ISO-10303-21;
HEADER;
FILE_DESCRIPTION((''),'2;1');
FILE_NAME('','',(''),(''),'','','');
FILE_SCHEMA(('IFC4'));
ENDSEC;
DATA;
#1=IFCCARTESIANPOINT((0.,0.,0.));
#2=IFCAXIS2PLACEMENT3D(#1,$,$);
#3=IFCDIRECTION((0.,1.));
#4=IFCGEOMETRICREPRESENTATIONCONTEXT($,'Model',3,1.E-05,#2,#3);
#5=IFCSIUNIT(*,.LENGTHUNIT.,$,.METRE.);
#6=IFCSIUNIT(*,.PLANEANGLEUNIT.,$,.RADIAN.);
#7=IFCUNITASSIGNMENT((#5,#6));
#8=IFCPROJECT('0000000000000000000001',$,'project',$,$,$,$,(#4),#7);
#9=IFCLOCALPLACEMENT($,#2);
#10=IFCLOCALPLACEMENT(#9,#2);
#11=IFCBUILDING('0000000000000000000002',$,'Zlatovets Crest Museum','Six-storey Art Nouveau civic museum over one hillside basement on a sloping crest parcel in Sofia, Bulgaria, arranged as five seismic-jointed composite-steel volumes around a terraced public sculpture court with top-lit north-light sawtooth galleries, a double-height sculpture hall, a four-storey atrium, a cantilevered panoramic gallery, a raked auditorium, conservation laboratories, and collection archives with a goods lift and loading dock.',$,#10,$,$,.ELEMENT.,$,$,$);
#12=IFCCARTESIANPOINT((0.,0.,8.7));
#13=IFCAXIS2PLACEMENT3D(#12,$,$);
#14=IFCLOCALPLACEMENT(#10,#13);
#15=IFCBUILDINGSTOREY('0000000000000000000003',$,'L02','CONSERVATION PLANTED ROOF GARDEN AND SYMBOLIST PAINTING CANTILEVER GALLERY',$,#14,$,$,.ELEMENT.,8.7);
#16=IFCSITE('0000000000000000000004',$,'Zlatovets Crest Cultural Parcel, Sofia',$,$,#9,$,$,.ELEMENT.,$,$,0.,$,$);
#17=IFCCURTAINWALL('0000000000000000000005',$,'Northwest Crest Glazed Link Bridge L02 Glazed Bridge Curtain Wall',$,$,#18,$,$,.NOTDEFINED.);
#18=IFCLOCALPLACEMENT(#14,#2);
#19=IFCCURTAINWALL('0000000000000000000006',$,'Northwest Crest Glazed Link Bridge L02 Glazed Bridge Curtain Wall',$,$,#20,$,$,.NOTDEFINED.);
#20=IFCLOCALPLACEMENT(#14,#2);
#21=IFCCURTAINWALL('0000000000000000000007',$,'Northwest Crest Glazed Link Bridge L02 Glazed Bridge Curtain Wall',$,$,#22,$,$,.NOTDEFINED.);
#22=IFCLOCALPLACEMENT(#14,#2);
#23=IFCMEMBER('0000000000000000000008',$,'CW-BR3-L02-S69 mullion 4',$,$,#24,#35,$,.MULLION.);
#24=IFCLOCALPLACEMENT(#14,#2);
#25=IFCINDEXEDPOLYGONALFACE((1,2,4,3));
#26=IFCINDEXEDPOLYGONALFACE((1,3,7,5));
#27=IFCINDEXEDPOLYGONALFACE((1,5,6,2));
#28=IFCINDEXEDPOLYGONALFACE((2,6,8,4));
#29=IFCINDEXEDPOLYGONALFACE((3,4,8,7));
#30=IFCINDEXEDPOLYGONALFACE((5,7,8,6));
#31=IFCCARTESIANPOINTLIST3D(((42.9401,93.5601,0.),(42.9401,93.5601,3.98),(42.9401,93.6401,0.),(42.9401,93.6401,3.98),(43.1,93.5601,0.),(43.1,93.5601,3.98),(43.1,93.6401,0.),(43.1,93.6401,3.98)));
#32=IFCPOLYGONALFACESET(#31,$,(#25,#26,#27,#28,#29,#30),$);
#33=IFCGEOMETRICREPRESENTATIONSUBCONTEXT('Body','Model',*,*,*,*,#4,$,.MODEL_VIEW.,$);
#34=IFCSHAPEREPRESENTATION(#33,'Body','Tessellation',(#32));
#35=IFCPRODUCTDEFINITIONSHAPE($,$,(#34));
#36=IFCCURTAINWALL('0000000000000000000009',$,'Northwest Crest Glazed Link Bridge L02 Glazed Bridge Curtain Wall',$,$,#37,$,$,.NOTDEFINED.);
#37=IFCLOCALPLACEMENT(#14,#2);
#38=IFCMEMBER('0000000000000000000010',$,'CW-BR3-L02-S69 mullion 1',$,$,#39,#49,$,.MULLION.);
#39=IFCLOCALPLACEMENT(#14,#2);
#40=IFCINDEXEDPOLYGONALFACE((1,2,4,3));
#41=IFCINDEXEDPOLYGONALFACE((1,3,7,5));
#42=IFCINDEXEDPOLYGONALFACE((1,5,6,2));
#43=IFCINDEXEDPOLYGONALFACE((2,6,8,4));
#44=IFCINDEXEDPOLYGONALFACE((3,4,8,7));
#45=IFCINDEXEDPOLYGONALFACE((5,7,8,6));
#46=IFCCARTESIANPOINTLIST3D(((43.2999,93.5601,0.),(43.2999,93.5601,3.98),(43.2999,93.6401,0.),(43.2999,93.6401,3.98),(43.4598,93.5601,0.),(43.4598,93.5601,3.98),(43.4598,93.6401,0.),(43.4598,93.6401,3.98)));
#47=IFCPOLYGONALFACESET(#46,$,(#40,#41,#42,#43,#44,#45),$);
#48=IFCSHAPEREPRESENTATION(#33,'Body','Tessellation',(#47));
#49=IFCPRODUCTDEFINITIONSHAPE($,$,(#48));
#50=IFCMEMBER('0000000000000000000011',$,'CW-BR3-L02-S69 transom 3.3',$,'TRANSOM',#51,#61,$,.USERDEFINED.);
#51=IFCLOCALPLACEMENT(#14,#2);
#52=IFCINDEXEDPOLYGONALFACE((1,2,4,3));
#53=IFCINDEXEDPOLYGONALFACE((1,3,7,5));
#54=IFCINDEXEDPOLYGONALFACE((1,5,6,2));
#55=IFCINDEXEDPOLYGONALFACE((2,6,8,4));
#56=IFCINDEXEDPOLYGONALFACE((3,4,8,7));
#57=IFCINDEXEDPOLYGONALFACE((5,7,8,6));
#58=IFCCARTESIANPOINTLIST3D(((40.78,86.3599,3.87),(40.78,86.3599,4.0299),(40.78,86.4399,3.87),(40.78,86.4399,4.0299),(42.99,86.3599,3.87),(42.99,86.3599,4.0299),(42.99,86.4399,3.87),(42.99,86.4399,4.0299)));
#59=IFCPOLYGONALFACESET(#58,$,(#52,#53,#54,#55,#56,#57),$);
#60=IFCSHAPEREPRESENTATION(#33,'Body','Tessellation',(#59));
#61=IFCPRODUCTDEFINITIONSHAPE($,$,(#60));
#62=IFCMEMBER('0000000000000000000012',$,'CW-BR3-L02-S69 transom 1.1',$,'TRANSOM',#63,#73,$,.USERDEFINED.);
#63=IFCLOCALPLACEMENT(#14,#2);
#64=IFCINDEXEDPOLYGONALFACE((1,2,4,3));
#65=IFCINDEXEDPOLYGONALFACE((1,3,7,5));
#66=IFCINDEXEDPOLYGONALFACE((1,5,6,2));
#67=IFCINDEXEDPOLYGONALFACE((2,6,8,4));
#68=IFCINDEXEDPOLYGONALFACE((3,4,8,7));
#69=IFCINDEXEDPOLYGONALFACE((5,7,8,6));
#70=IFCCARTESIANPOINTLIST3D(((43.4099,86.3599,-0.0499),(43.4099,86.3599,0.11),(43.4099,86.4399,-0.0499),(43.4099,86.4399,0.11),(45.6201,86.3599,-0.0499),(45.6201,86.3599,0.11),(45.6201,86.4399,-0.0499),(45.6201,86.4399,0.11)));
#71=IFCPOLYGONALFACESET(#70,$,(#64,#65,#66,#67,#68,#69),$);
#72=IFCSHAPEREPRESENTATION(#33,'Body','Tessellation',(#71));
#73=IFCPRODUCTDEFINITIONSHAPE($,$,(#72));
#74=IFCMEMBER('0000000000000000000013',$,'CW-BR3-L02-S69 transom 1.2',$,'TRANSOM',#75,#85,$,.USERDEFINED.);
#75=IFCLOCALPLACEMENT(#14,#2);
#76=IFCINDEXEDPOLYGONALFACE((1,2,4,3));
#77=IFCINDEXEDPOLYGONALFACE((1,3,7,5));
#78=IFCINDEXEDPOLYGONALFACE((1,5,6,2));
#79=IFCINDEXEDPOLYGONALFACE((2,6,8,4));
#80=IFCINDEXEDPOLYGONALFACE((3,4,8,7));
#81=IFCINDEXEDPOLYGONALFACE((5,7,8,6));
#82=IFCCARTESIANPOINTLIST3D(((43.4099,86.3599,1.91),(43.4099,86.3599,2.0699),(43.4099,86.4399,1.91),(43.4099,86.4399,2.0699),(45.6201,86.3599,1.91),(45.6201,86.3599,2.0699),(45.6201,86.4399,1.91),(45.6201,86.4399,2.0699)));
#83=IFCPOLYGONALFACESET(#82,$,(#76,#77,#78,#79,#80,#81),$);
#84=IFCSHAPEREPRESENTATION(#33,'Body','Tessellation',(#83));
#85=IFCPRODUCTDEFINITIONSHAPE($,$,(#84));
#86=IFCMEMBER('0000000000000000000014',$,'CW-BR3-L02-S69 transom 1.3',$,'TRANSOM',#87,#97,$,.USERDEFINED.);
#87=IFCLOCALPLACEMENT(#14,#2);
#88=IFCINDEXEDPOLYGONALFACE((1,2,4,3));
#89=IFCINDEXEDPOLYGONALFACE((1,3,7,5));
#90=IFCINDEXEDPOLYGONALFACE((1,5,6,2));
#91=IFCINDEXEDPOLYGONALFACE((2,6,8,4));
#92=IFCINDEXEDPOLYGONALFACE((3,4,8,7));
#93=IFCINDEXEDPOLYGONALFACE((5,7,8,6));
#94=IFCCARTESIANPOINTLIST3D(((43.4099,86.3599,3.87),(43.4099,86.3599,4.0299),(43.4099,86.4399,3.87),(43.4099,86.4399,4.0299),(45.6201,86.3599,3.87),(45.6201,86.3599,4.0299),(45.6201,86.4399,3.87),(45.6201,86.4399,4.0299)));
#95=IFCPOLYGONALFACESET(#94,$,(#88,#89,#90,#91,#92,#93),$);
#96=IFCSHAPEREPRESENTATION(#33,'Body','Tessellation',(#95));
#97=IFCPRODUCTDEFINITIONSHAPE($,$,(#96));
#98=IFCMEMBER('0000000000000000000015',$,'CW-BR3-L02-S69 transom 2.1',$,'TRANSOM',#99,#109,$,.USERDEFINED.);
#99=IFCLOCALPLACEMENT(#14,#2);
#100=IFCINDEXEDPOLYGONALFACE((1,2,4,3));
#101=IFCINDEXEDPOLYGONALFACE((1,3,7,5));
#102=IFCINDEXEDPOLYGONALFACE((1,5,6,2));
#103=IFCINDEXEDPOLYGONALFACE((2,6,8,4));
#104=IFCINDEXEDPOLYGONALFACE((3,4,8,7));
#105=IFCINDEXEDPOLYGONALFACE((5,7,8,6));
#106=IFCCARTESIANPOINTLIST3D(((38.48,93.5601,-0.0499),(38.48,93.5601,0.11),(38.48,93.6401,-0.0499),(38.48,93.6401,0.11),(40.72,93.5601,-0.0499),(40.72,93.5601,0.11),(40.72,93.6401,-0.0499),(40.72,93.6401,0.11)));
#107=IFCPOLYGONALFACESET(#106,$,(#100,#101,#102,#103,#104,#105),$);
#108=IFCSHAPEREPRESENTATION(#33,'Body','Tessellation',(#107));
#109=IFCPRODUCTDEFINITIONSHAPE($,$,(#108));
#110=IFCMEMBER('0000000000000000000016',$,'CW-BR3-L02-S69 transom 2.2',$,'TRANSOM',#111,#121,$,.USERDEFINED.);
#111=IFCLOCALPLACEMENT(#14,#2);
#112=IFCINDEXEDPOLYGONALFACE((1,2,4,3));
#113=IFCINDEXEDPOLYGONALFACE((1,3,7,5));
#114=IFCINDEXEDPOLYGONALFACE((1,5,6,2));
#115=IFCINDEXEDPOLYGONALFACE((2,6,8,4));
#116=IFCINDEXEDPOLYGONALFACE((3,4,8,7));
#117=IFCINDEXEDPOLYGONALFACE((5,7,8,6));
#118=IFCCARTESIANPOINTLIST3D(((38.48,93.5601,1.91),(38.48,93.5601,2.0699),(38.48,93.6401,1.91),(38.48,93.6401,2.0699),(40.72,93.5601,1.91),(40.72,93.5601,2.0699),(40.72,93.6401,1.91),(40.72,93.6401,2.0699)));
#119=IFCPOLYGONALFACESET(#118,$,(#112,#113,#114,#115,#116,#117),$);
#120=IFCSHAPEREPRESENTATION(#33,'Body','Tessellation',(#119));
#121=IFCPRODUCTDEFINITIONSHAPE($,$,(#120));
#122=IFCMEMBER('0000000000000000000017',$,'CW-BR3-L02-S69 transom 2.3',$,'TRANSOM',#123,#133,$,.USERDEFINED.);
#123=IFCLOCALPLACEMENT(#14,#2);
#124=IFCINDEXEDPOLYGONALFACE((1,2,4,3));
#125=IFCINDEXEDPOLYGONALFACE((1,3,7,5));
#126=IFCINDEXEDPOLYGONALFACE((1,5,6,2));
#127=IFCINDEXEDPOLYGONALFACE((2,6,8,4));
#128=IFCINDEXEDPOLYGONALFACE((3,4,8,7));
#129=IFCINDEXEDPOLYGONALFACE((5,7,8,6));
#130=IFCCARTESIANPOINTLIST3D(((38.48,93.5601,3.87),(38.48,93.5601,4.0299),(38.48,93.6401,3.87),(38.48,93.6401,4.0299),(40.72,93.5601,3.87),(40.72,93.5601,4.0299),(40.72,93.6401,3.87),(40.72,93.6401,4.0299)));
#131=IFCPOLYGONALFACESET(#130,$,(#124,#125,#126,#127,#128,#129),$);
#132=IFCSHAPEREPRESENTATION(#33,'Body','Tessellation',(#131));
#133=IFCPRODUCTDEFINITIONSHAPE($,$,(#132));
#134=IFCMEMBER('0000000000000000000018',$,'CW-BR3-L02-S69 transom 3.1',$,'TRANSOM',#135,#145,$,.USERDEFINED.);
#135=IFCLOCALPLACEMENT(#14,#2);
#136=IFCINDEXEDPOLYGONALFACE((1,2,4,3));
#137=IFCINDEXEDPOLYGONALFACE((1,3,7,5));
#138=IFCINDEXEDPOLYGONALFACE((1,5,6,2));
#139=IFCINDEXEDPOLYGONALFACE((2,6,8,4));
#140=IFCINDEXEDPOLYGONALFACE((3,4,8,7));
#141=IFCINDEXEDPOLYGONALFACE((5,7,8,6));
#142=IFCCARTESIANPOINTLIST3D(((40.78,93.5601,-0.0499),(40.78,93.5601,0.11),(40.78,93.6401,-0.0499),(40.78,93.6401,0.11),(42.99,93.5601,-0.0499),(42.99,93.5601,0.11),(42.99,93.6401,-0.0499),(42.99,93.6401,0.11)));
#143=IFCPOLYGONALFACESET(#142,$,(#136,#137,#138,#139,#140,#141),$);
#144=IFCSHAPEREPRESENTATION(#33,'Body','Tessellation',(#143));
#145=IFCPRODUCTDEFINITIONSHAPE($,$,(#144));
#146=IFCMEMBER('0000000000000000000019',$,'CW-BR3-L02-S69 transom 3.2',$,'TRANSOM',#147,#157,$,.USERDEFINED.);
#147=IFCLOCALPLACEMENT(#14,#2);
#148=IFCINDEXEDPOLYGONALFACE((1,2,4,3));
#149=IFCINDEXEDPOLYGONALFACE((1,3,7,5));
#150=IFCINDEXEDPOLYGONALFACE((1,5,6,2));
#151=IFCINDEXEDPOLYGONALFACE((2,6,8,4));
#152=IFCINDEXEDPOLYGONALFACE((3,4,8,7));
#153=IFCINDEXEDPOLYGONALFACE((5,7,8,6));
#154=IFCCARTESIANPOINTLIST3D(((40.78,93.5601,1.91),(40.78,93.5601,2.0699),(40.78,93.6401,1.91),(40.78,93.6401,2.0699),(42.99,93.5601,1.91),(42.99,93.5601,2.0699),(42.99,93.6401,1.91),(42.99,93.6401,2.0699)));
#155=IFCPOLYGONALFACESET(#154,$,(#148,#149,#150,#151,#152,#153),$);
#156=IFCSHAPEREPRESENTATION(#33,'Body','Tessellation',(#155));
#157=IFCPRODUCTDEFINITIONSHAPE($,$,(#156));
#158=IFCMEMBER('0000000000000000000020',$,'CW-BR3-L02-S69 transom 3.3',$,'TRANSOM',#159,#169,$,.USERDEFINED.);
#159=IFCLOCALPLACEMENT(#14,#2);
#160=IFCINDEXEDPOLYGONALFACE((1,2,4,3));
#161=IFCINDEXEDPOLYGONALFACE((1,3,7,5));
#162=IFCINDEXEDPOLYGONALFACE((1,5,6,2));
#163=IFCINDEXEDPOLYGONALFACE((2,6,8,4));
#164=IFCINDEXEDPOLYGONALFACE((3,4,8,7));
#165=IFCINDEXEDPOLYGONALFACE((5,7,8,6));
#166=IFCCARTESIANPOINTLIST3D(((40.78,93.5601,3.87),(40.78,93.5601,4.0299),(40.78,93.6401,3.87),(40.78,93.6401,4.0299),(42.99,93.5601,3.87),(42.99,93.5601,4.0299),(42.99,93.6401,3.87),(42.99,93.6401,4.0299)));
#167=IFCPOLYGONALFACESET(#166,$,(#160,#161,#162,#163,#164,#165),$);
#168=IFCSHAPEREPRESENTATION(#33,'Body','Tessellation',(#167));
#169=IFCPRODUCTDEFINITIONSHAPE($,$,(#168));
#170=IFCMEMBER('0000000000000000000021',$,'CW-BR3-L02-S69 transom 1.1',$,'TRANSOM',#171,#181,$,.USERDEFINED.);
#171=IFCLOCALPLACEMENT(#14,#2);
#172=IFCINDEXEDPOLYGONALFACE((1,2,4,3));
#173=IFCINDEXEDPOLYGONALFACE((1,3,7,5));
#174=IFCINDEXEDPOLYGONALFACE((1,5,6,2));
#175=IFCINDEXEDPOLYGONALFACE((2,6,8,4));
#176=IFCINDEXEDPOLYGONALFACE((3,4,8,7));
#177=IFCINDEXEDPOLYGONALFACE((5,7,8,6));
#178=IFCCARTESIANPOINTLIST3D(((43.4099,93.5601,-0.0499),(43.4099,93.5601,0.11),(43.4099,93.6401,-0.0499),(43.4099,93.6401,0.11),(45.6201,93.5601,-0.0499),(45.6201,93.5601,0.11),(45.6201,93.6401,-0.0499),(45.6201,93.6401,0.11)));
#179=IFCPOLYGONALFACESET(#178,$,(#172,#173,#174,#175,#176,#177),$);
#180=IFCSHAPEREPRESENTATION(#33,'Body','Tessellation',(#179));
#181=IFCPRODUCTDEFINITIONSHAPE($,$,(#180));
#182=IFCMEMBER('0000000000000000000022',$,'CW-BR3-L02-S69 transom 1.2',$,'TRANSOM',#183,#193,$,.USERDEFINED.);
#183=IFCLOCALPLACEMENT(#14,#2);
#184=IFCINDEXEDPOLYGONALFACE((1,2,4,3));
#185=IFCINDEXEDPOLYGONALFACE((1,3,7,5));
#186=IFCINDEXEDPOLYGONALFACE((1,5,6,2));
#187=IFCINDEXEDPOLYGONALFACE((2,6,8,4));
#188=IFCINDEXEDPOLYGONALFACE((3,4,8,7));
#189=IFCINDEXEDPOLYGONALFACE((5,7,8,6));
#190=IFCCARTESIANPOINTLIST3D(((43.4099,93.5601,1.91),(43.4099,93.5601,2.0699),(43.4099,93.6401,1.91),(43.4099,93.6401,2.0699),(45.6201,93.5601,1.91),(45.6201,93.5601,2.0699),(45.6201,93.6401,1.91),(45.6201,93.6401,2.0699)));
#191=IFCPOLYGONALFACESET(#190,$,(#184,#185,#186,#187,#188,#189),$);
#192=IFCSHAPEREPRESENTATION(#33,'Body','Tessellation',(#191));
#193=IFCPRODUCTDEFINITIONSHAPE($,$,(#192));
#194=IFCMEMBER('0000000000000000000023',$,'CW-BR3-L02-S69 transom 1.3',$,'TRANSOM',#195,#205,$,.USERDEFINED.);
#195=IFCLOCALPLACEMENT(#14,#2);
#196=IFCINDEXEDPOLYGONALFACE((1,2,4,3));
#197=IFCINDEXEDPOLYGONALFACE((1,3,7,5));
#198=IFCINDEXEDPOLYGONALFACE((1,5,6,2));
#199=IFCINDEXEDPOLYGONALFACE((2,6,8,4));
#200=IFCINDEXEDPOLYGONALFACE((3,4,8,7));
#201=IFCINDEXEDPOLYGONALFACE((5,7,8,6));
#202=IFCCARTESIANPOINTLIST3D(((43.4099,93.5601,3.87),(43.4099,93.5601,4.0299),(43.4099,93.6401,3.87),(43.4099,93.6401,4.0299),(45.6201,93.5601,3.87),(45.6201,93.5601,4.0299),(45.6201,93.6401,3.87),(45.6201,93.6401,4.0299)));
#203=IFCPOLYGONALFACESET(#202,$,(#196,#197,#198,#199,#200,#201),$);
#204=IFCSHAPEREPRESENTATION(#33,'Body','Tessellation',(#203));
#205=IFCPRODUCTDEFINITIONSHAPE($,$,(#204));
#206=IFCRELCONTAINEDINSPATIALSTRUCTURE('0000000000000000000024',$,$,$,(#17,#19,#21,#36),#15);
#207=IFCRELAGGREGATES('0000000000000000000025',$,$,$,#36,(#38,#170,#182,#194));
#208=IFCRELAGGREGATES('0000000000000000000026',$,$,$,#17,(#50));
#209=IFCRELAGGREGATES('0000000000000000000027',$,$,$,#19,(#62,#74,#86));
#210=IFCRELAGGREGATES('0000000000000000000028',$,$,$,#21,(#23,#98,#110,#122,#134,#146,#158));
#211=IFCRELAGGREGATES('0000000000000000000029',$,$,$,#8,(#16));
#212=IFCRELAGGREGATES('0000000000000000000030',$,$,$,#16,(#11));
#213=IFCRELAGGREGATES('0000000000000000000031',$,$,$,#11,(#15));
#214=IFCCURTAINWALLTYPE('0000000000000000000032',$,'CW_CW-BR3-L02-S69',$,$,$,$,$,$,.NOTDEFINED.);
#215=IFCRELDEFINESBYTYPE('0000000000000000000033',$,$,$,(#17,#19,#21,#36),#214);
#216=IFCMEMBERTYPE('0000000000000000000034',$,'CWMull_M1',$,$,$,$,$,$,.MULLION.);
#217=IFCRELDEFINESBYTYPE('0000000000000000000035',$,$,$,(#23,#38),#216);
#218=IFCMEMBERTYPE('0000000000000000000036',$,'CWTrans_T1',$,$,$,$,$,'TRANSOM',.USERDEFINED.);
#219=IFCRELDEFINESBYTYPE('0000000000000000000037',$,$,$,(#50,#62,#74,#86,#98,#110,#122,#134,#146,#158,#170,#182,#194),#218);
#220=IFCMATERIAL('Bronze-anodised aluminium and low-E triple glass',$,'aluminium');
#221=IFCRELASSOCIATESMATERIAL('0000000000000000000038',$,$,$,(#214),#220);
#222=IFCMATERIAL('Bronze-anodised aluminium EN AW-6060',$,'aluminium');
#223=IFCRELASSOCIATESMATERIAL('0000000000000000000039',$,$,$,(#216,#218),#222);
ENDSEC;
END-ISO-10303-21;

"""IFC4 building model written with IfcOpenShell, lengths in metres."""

from ifc_helpers import new_model, si_unit, direction, frame, origin, origin_2d, place, context, subcontext, project, spatial, rectangle, extrude, material, material_profile, profile_set, type_object, element, aggregate, save


model = new_model("IFC4")

# Units and contexts
model_context = context("Model", 3, precision=1e-05, world=origin(), true_north=direction((0.0, 1.0)))
body_context = subcontext(model_context, "Body", "Model", "MODEL_VIEW")
ifc_project = project(units=[si_unit("LENGTHUNIT", "METRE"), si_unit("PLANEANGLEUNIT", "RADIAN")], contexts=[model_context])

# Site, building, storey
site_placement = place(None, origin())
site = spatial("IfcSite", under=ifc_project, at=site_placement, Name="Zlatovets Crest Cultural Parcel, Sofia", CompositionType="ELEMENT", RefElevation=0.0)
building_placement = place(site_placement, origin())
building = spatial("IfcBuilding", under=site, at=building_placement, Name="Zlatovets Crest Museum", Description="Six-storey Art Nouveau civic museum over one hillside basement on a sloping crest parcel in Sofia, Bulgaria, arranged as five seismic-jointed composite-steel volumes around a terraced public sculpture court with top-lit north-light sawtooth galleries, a double-height sculpture hall, a four-storey atrium, a cantilevered panoramic gallery, a raked auditorium, conservation laboratories, and collection archives with a goods lift and loading dock.", CompositionType="ELEMENT")
storey_placement = place(building_placement, frame((0.0, 0.0, 8.7)))
storey = spatial("IfcBuildingStorey", under=building, at=storey_placement, Name="L02", Description="CONSERVATION PLANTED ROOF GARDEN AND SYMBOLIST PAINTING CANTILEVER GALLERY", CompositionType="ELEMENT", Elevation=8.7)

# Curtain walls
ifc_material_1 = material(Name="Bronze-anodised aluminium and low-E triple glass", Category="aluminium")
curtain_wall_type = type_object("IfcCurtainWallType", Name="CW_CW-BR3-L02-S69", PredefinedType="NOTDEFINED", material=ifc_material_1)
curtain_wall_1_placement = place(storey_placement, origin())
curtain_wall_1 = element("IfcCurtainWall", 1, at=curtain_wall_1_placement, inside=storey, type_object=curtain_wall_type, Name="Northwest Crest Glazed Link Bridge L02 Glazed Bridge Curtain Wall", PredefinedType="NOTDEFINED")
ifc_material_2 = material(Name="Bronze-anodised aluminium EN AW-6060", Category="aluminium")
ifc_material_profile_1 = material_profile(ifc_material_2, rectangle(XDim=0.0801, YDim=0.1599, at=origin_2d()), Name="ALU 80x160")
ifc_profile_set_1 = profile_set([ifc_material_profile_1], Name="Bronze-anodised aluminium EN AW-6060")
member_type_1 = type_object("IfcMemberType", Name="CWMull_M1", PredefinedType="MULLION", material=ifc_profile_set_1)
curtain_wall_2_placement = place(storey_placement, origin())
curtain_wall_2 = element("IfcCurtainWall", 2, at=curtain_wall_2_placement, inside=storey, type_object=curtain_wall_type, Name="Northwest Crest Glazed Link Bridge L02 Glazed Bridge Curtain Wall", PredefinedType="NOTDEFINED")

# Curtain wall, member
curtain_wall_3_placement = place(storey_placement, origin())
curtain_wall_3 = element("IfcCurtainWall", 3, at=curtain_wall_3_placement, inside=storey, type_object=curtain_wall_type, Name="Northwest Crest Glazed Link Bridge L02 Glazed Bridge Curtain Wall", PredefinedType="NOTDEFINED")
member_1_placement = place(storey_placement, frame((43.02, 93.6001, 0.0), z_axis=(0.0, 0.0, 1.0), x_axis=(0.0, 1.0, 0.0)))
member_1 = element("IfcMember", 4, at=member_1_placement, type_object=member_type_1, Name="CW-BR3-L02-S69 mullion 4", PredefinedType="MULLION", context=body_context, shape_type="SweptSolid", body=[
    extrude(rectangle(XDim=0.0801, YDim=0.1599, at=origin_2d()), origin(), (0.0, 0.0, 1.0), 3.98),
])

# Curtain wall, member
curtain_wall_4_placement = place(storey_placement, origin())
curtain_wall_4 = element("IfcCurtainWall", 5, at=curtain_wall_4_placement, inside=storey, type_object=curtain_wall_type, Name="Northwest Crest Glazed Link Bridge L02 Glazed Bridge Curtain Wall", PredefinedType="NOTDEFINED")
member_2_placement = place(storey_placement, frame((43.3799, 93.6001, 0.0), z_axis=(0.0, 0.0, 1.0), x_axis=(0.0, 1.0, 0.0)))
member_2 = element("IfcMember", 6, at=member_2_placement, type_object=member_type_1, Name="CW-BR3-L02-S69 mullion 1", PredefinedType="MULLION", context=body_context, shape_type="SweptSolid", body=[
    extrude(rectangle(XDim=0.0801, YDim=0.1599, at=origin_2d()), origin(), (0.0, 0.0, 1.0), 3.98),
])

# Members
ifc_material_profile_2 = material_profile(ifc_material_2, rectangle(XDim=0.0801, YDim=0.1599, at=origin_2d()), Name="ALU 80x160")
ifc_profile_set_2 = profile_set([ifc_material_profile_2], Name="Bronze-anodised aluminium EN AW-6060")
member_type_2 = type_object("IfcMemberType", Name="CWTrans_T1", ElementType="TRANSOM", PredefinedType="USERDEFINED", material=ifc_profile_set_2)
member_3_placement = place(storey_placement, frame((40.78, 86.3999, 3.95), z_axis=(1.0, 0.0, 0.0), x_axis=(0.0, 1.0, 0.0)))
member_3 = element("IfcMember", 7, at=member_3_placement, type_object=member_type_2, Name="CW-BR3-L02-S69 transom 3.3", ObjectType="TRANSOM", PredefinedType="USERDEFINED", context=body_context, shape_type="SweptSolid", body=[
    extrude(rectangle(XDim=0.0801, YDim=0.1599, at=origin_2d()), origin(), (0.0, 0.0, 1.0), 2.21),
])
member_4_placement = place(storey_placement, frame((43.4099, 86.3999, 0.03), z_axis=(1.0, 0.0, 0.0), x_axis=(0.0, 1.0, 0.0)))
member_4 = element("IfcMember", 8, at=member_4_placement, type_object=member_type_2, Name="CW-BR3-L02-S69 transom 1.1", ObjectType="TRANSOM", PredefinedType="USERDEFINED", context=body_context, shape_type="SweptSolid", body=[
    extrude(rectangle(XDim=0.0801, YDim=0.1599, at=origin_2d()), origin(), (0.0, 0.0, 1.0), 2.2102),
])
member_5_placement = place(storey_placement, frame((43.4099, 86.3999, 1.99), z_axis=(1.0, 0.0, 0.0), x_axis=(0.0, 1.0, 0.0)))
member_5 = element("IfcMember", 9, at=member_5_placement, type_object=member_type_2, Name="CW-BR3-L02-S69 transom 1.2", ObjectType="TRANSOM", PredefinedType="USERDEFINED", context=body_context, shape_type="SweptSolid", body=[
    extrude(rectangle(XDim=0.0801, YDim=0.1599, at=origin_2d()), origin(), (0.0, 0.0, 1.0), 2.2102),
])
member_6_placement = place(storey_placement, frame((43.4099, 86.3999, 3.95), z_axis=(1.0, 0.0, 0.0), x_axis=(0.0, 1.0, 0.0)))
member_6 = element("IfcMember", 10, at=member_6_placement, type_object=member_type_2, Name="CW-BR3-L02-S69 transom 1.3", ObjectType="TRANSOM", PredefinedType="USERDEFINED", context=body_context, shape_type="SweptSolid", body=[
    extrude(rectangle(XDim=0.0801, YDim=0.1599, at=origin_2d()), origin(), (0.0, 0.0, 1.0), 2.2102),
])
member_7_placement = place(storey_placement, frame((38.48, 93.6001, 0.03), z_axis=(1.0, 0.0, 0.0), x_axis=(0.0, 1.0, 0.0)))
member_7 = element("IfcMember", 11, at=member_7_placement, type_object=member_type_2, Name="CW-BR3-L02-S69 transom 2.1", ObjectType="TRANSOM", PredefinedType="USERDEFINED", context=body_context, shape_type="SweptSolid", body=[
    extrude(rectangle(XDim=0.0801, YDim=0.1599, at=origin_2d()), origin(), (0.0, 0.0, 1.0), 2.24),
])
member_8_placement = place(storey_placement, frame((38.48, 93.6001, 1.99), z_axis=(1.0, 0.0, 0.0), x_axis=(0.0, 1.0, 0.0)))
member_8 = element("IfcMember", 12, at=member_8_placement, type_object=member_type_2, Name="CW-BR3-L02-S69 transom 2.2", ObjectType="TRANSOM", PredefinedType="USERDEFINED", context=body_context, shape_type="SweptSolid", body=[
    extrude(rectangle(XDim=0.0801, YDim=0.1599, at=origin_2d()), origin(), (0.0, 0.0, 1.0), 2.24),
])
member_9_placement = place(storey_placement, frame((38.48, 93.6001, 3.95), z_axis=(1.0, 0.0, 0.0), x_axis=(0.0, 1.0, 0.0)))
member_9 = element("IfcMember", 13, at=member_9_placement, type_object=member_type_2, Name="CW-BR3-L02-S69 transom 2.3", ObjectType="TRANSOM", PredefinedType="USERDEFINED", context=body_context, shape_type="SweptSolid", body=[
    extrude(rectangle(XDim=0.0801, YDim=0.1599, at=origin_2d()), origin(), (0.0, 0.0, 1.0), 2.24),
])
member_10_placement = place(storey_placement, frame((40.78, 93.6001, 0.03), z_axis=(1.0, 0.0, 0.0), x_axis=(0.0, 1.0, 0.0)))
member_10 = element("IfcMember", 14, at=member_10_placement, type_object=member_type_2, Name="CW-BR3-L02-S69 transom 3.1", ObjectType="TRANSOM", PredefinedType="USERDEFINED", context=body_context, shape_type="SweptSolid", body=[
    extrude(rectangle(XDim=0.0801, YDim=0.1599, at=origin_2d()), origin(), (0.0, 0.0, 1.0), 2.21),
])
member_11_placement = place(storey_placement, frame((40.78, 93.6001, 1.99), z_axis=(1.0, 0.0, 0.0), x_axis=(0.0, 1.0, 0.0)))
member_11 = element("IfcMember", 15, at=member_11_placement, type_object=member_type_2, Name="CW-BR3-L02-S69 transom 3.2", ObjectType="TRANSOM", PredefinedType="USERDEFINED", context=body_context, shape_type="SweptSolid", body=[
    extrude(rectangle(XDim=0.0801, YDim=0.1599, at=origin_2d()), origin(), (0.0, 0.0, 1.0), 2.21),
])
member_12_placement = place(storey_placement, frame((40.78, 93.6001, 3.95), z_axis=(1.0, 0.0, 0.0), x_axis=(0.0, 1.0, 0.0)))
member_12 = element("IfcMember", 16, at=member_12_placement, type_object=member_type_2, Name="CW-BR3-L02-S69 transom 3.3", ObjectType="TRANSOM", PredefinedType="USERDEFINED", context=body_context, shape_type="SweptSolid", body=[
    extrude(rectangle(XDim=0.0801, YDim=0.1599, at=origin_2d()), origin(), (0.0, 0.0, 1.0), 2.21),
])
member_13_placement = place(storey_placement, frame((43.4099, 93.6001, 0.03), z_axis=(1.0, 0.0, 0.0), x_axis=(0.0, 1.0, 0.0)))
member_13 = element("IfcMember", 17, at=member_13_placement, type_object=member_type_2, Name="CW-BR3-L02-S69 transom 1.1", ObjectType="TRANSOM", PredefinedType="USERDEFINED", context=body_context, shape_type="SweptSolid", body=[
    extrude(rectangle(XDim=0.0801, YDim=0.1599, at=origin_2d()), origin(), (0.0, 0.0, 1.0), 2.2102),
])
member_14_placement = place(storey_placement, frame((43.4099, 93.6001, 1.99), z_axis=(1.0, 0.0, 0.0), x_axis=(0.0, 1.0, 0.0)))
member_14 = element("IfcMember", 18, at=member_14_placement, type_object=member_type_2, Name="CW-BR3-L02-S69 transom 1.2", ObjectType="TRANSOM", PredefinedType="USERDEFINED", context=body_context, shape_type="SweptSolid", body=[
    extrude(rectangle(XDim=0.0801, YDim=0.1599, at=origin_2d()), origin(), (0.0, 0.0, 1.0), 2.2102),
])
member_15_placement = place(storey_placement, frame((43.4099, 93.6001, 3.95), z_axis=(1.0, 0.0, 0.0), x_axis=(0.0, 1.0, 0.0)))
member_15 = element("IfcMember", 19, at=member_15_placement, type_object=member_type_2, Name="CW-BR3-L02-S69 transom 1.3", ObjectType="TRANSOM", PredefinedType="USERDEFINED", context=body_context, shape_type="SweptSolid", body=[
    extrude(rectangle(XDim=0.0801, YDim=0.1599, at=origin_2d()), origin(), (0.0, 0.0, 1.0), 2.2102),
])
aggregate(curtain_wall_4, [member_2, member_13, member_14, member_15])

aggregate(curtain_wall_1, [member_3])
aggregate(curtain_wall_2, [member_4, member_5, member_6])
aggregate(curtain_wall_3, [member_1, member_7, member_8, member_9, member_10, member_11, member_12])

save(model, "model.ifc")
